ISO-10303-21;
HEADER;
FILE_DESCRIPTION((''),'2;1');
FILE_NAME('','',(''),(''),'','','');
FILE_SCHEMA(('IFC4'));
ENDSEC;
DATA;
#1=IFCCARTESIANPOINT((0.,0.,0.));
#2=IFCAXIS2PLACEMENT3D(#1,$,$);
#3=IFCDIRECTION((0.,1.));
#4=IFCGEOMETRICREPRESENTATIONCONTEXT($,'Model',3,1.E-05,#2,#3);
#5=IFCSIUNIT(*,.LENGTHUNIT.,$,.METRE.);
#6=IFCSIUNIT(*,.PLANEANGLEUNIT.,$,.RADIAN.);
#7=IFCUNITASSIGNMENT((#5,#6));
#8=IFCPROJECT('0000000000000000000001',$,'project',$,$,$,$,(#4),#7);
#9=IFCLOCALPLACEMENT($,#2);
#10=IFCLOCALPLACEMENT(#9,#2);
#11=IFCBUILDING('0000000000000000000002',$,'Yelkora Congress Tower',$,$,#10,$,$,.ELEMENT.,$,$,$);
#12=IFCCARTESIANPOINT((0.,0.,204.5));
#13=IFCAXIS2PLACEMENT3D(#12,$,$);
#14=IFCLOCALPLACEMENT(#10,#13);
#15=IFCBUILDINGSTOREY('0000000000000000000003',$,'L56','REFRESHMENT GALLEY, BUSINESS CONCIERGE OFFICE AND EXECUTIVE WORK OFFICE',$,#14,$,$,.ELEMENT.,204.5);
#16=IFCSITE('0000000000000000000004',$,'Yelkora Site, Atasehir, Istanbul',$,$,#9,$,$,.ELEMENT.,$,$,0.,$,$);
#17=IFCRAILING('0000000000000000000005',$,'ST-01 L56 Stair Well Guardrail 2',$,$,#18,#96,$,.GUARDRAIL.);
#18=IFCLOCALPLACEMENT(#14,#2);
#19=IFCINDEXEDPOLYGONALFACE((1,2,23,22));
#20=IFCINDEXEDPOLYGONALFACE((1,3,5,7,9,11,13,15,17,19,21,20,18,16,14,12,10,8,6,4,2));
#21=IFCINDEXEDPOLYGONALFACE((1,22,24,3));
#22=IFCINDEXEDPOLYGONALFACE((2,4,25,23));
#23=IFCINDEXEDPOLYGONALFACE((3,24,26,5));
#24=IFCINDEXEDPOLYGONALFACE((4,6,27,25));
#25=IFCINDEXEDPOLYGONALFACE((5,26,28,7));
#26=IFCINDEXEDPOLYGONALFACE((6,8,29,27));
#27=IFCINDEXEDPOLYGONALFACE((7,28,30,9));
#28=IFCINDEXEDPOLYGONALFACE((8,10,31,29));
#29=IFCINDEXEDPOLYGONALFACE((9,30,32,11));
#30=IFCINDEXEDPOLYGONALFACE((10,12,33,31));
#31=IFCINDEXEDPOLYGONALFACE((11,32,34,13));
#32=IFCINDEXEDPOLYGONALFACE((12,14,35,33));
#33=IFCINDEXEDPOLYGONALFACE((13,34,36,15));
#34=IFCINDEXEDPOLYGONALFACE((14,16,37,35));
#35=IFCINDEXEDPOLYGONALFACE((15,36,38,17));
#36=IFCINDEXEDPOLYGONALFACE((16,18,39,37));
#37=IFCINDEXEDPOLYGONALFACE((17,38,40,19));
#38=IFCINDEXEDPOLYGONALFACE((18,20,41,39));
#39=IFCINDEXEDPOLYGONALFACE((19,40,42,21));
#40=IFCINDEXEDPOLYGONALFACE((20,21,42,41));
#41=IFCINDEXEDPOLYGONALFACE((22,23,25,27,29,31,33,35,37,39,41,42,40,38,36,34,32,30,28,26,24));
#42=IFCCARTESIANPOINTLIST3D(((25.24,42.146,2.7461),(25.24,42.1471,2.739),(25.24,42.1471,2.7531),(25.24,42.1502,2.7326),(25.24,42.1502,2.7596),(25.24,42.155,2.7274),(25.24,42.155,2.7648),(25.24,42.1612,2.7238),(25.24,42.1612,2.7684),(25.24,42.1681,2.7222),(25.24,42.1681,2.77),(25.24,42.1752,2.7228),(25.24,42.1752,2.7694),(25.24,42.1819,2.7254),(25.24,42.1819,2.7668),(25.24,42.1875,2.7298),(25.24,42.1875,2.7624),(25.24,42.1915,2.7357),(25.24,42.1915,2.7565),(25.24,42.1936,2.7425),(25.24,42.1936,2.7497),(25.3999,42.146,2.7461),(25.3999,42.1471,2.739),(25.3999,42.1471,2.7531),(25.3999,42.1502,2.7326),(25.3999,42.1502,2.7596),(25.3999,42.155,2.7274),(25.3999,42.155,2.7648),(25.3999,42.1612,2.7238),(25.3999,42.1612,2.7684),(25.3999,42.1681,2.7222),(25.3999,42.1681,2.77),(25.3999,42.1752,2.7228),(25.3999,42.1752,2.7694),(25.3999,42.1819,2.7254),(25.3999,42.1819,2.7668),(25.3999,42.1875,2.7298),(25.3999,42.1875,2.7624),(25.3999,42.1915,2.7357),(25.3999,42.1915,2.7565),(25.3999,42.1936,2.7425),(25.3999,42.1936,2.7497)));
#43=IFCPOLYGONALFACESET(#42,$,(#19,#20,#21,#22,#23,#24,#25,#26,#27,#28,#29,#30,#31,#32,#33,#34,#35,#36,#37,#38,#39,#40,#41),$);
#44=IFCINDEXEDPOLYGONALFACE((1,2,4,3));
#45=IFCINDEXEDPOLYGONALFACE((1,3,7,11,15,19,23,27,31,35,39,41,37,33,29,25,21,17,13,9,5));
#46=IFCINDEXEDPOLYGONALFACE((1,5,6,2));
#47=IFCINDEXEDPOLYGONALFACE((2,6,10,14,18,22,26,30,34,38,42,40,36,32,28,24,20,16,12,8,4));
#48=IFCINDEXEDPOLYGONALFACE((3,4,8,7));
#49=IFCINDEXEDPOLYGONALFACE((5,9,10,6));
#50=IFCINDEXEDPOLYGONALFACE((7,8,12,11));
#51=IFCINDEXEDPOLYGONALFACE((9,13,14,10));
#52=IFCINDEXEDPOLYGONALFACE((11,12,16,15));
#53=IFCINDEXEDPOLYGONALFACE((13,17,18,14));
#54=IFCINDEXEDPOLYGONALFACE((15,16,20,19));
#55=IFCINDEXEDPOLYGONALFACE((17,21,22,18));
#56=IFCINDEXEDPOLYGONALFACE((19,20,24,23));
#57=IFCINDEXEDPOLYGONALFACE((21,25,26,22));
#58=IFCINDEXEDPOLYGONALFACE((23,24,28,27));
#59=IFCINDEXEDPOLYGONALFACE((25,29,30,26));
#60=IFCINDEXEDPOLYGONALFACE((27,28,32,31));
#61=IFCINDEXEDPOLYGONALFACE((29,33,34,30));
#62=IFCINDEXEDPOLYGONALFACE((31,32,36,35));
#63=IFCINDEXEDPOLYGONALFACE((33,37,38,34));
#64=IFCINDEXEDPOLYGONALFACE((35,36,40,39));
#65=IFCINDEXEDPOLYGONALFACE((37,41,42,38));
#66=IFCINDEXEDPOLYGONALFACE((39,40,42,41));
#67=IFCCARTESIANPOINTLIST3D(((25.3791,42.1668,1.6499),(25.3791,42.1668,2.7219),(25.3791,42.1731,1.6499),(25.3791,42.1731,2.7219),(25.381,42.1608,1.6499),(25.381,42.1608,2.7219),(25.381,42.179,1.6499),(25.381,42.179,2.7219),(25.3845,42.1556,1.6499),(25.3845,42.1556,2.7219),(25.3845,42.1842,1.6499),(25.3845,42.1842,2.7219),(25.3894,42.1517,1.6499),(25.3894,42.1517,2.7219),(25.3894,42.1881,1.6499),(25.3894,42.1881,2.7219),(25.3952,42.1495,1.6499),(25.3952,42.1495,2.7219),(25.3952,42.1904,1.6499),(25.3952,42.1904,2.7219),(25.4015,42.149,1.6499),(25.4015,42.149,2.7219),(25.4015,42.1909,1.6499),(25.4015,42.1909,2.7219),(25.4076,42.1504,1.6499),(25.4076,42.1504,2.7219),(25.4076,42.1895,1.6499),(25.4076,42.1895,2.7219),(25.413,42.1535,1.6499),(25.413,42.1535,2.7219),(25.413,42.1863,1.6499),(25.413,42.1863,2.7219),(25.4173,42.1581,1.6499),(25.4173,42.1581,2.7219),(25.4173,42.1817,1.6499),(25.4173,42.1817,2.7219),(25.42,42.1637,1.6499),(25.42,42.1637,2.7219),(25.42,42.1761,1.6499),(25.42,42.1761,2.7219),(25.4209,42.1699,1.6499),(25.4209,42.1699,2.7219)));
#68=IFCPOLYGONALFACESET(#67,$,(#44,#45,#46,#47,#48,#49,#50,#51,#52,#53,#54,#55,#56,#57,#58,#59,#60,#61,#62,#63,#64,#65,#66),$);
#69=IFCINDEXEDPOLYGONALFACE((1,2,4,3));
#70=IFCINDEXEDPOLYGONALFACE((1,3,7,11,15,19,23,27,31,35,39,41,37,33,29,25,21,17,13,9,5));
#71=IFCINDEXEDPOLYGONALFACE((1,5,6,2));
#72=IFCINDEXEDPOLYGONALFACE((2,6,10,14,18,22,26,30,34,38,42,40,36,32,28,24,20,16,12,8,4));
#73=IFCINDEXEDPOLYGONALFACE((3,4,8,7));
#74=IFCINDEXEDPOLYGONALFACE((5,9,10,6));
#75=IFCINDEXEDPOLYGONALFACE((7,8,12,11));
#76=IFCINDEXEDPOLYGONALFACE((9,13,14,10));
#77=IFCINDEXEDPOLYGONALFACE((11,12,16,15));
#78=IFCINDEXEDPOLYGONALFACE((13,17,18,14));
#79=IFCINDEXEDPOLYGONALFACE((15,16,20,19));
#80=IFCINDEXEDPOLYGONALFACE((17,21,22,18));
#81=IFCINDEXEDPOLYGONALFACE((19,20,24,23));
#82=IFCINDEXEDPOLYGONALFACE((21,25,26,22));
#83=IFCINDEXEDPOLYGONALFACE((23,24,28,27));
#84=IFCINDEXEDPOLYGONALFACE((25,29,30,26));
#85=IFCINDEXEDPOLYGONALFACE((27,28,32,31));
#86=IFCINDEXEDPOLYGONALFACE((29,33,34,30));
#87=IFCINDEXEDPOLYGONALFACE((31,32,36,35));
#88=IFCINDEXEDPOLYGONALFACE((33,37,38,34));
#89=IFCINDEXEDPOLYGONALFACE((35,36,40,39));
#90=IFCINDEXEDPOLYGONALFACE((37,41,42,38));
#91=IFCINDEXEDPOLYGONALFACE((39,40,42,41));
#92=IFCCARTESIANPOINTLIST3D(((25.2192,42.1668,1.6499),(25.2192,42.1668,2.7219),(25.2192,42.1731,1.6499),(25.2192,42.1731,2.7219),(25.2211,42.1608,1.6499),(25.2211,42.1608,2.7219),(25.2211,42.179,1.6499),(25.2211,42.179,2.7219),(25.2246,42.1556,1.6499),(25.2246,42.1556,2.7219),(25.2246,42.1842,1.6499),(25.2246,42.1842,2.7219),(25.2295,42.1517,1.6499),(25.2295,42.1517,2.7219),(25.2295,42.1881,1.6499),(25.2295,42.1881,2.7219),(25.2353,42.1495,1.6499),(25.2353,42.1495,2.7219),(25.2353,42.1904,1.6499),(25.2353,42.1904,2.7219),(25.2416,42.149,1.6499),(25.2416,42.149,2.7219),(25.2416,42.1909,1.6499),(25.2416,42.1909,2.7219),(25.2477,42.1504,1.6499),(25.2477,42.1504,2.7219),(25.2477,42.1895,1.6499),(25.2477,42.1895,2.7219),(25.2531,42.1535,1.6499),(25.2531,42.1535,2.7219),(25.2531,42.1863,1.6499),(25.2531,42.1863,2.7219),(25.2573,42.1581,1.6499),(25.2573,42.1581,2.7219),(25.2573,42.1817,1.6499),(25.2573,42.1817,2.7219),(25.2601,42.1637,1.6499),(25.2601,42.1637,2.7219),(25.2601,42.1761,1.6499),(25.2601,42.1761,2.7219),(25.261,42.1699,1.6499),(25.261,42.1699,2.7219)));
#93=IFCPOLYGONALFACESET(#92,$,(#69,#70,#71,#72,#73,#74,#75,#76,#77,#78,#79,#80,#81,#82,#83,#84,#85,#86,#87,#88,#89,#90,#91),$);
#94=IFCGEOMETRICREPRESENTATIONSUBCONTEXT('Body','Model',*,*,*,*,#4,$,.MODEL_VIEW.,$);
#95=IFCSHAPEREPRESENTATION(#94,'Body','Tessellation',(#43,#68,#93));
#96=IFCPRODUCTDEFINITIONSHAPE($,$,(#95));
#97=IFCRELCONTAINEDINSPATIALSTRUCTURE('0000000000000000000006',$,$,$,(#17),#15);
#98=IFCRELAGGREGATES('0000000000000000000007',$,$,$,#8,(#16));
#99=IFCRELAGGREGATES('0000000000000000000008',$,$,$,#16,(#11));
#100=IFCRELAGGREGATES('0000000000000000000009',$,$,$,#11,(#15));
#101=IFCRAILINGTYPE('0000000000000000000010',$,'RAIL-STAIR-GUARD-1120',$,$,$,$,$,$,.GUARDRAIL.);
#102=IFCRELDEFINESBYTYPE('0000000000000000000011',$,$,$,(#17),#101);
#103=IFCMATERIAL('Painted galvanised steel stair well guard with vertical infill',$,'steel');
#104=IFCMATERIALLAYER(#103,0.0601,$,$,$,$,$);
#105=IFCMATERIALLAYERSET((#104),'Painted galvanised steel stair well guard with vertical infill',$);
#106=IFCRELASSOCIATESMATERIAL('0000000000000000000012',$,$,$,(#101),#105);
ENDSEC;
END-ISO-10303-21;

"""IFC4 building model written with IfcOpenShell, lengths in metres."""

from ifc_helpers import new_model, si_unit, direction, frame, origin, origin_2d, place, context, subcontext, project, spatial, circle, extrude, material, layer, layer_set, type_object, element, save


model = new_model("IFC4")

# Units and contexts
model_context = context("Model", 3, precision=1e-05, world=origin(), true_north=direction((0.0, 1.0)))
body_context = subcontext(model_context, "Body", "Model", "MODEL_VIEW")
ifc_project = project(units=[si_unit("LENGTHUNIT", "METRE"), si_unit("PLANEANGLEUNIT", "RADIAN")], contexts=[model_context])

# Site, building, storey
site_placement = place(None, origin())
site = spatial("IfcSite", under=ifc_project, at=site_placement, Name="Yelkora Site, Atasehir, Istanbul", CompositionType="ELEMENT", RefElevation=0.0)
building_placement = place(site_placement, origin())
building = spatial("IfcBuilding", under=site, at=building_placement, Name="Yelkora Congress Tower", CompositionType="ELEMENT")
storey_placement = place(building_placement, frame((0.0, 0.0, 204.5)))
storey = spatial("IfcBuildingStorey", under=building, at=storey_placement, Name="L56", Description="REFRESHMENT GALLEY, BUSINESS CONCIERGE OFFICE AND EXECUTIVE WORK OFFICE", CompositionType="ELEMENT", Elevation=204.5)

# Railing
ifc_material_1 = material(Name="Painted galvanised steel stair well guard with vertical infill", Category="steel")
ifc_layer_1 = layer(ifc_material_1, 0.0601)
ifc_layer_set_1 = layer_set([ifc_layer_1], Name="Painted galvanised steel stair well guard with vertical infill")
railing_type_1 = type_object("IfcRailingType", Name="RAIL-STAIR-GUARD-1120", PredefinedType="GUARDRAIL", material=ifc_layer_set_1)
railing_1_placement = place(storey_placement, frame((25.3999, 42.1699, 1.6499)))
element("IfcRailing", 1, at=railing_1_placement, inside=storey, type_object=railing_type_1, Name="ST-01 L56 Stair Well Guardrail 2", PredefinedType="GUARDRAIL", context=body_context, shape_type="SweptSolid", body=[
    extrude(circle(Radius=0.0239, at=origin_2d()), frame((0.0, 0.0, 1.0962), z_axis=(-1.0, 0.0, 0.0), x_axis=(0.0, -1.0, 0.0)), (0.0, 0.0, 1.0), 0.1599),
    extrude(circle(Radius=0.021, at=origin_2d()), origin(), (0.0, 0.0, 1.0), 1.072),
    extrude(circle(Radius=0.021, at=origin_2d()), frame((-0.1599, 0.0, 0.0)), (0.0, 0.0, 1.0), 1.072),
])

save(model, "model.ifc")
